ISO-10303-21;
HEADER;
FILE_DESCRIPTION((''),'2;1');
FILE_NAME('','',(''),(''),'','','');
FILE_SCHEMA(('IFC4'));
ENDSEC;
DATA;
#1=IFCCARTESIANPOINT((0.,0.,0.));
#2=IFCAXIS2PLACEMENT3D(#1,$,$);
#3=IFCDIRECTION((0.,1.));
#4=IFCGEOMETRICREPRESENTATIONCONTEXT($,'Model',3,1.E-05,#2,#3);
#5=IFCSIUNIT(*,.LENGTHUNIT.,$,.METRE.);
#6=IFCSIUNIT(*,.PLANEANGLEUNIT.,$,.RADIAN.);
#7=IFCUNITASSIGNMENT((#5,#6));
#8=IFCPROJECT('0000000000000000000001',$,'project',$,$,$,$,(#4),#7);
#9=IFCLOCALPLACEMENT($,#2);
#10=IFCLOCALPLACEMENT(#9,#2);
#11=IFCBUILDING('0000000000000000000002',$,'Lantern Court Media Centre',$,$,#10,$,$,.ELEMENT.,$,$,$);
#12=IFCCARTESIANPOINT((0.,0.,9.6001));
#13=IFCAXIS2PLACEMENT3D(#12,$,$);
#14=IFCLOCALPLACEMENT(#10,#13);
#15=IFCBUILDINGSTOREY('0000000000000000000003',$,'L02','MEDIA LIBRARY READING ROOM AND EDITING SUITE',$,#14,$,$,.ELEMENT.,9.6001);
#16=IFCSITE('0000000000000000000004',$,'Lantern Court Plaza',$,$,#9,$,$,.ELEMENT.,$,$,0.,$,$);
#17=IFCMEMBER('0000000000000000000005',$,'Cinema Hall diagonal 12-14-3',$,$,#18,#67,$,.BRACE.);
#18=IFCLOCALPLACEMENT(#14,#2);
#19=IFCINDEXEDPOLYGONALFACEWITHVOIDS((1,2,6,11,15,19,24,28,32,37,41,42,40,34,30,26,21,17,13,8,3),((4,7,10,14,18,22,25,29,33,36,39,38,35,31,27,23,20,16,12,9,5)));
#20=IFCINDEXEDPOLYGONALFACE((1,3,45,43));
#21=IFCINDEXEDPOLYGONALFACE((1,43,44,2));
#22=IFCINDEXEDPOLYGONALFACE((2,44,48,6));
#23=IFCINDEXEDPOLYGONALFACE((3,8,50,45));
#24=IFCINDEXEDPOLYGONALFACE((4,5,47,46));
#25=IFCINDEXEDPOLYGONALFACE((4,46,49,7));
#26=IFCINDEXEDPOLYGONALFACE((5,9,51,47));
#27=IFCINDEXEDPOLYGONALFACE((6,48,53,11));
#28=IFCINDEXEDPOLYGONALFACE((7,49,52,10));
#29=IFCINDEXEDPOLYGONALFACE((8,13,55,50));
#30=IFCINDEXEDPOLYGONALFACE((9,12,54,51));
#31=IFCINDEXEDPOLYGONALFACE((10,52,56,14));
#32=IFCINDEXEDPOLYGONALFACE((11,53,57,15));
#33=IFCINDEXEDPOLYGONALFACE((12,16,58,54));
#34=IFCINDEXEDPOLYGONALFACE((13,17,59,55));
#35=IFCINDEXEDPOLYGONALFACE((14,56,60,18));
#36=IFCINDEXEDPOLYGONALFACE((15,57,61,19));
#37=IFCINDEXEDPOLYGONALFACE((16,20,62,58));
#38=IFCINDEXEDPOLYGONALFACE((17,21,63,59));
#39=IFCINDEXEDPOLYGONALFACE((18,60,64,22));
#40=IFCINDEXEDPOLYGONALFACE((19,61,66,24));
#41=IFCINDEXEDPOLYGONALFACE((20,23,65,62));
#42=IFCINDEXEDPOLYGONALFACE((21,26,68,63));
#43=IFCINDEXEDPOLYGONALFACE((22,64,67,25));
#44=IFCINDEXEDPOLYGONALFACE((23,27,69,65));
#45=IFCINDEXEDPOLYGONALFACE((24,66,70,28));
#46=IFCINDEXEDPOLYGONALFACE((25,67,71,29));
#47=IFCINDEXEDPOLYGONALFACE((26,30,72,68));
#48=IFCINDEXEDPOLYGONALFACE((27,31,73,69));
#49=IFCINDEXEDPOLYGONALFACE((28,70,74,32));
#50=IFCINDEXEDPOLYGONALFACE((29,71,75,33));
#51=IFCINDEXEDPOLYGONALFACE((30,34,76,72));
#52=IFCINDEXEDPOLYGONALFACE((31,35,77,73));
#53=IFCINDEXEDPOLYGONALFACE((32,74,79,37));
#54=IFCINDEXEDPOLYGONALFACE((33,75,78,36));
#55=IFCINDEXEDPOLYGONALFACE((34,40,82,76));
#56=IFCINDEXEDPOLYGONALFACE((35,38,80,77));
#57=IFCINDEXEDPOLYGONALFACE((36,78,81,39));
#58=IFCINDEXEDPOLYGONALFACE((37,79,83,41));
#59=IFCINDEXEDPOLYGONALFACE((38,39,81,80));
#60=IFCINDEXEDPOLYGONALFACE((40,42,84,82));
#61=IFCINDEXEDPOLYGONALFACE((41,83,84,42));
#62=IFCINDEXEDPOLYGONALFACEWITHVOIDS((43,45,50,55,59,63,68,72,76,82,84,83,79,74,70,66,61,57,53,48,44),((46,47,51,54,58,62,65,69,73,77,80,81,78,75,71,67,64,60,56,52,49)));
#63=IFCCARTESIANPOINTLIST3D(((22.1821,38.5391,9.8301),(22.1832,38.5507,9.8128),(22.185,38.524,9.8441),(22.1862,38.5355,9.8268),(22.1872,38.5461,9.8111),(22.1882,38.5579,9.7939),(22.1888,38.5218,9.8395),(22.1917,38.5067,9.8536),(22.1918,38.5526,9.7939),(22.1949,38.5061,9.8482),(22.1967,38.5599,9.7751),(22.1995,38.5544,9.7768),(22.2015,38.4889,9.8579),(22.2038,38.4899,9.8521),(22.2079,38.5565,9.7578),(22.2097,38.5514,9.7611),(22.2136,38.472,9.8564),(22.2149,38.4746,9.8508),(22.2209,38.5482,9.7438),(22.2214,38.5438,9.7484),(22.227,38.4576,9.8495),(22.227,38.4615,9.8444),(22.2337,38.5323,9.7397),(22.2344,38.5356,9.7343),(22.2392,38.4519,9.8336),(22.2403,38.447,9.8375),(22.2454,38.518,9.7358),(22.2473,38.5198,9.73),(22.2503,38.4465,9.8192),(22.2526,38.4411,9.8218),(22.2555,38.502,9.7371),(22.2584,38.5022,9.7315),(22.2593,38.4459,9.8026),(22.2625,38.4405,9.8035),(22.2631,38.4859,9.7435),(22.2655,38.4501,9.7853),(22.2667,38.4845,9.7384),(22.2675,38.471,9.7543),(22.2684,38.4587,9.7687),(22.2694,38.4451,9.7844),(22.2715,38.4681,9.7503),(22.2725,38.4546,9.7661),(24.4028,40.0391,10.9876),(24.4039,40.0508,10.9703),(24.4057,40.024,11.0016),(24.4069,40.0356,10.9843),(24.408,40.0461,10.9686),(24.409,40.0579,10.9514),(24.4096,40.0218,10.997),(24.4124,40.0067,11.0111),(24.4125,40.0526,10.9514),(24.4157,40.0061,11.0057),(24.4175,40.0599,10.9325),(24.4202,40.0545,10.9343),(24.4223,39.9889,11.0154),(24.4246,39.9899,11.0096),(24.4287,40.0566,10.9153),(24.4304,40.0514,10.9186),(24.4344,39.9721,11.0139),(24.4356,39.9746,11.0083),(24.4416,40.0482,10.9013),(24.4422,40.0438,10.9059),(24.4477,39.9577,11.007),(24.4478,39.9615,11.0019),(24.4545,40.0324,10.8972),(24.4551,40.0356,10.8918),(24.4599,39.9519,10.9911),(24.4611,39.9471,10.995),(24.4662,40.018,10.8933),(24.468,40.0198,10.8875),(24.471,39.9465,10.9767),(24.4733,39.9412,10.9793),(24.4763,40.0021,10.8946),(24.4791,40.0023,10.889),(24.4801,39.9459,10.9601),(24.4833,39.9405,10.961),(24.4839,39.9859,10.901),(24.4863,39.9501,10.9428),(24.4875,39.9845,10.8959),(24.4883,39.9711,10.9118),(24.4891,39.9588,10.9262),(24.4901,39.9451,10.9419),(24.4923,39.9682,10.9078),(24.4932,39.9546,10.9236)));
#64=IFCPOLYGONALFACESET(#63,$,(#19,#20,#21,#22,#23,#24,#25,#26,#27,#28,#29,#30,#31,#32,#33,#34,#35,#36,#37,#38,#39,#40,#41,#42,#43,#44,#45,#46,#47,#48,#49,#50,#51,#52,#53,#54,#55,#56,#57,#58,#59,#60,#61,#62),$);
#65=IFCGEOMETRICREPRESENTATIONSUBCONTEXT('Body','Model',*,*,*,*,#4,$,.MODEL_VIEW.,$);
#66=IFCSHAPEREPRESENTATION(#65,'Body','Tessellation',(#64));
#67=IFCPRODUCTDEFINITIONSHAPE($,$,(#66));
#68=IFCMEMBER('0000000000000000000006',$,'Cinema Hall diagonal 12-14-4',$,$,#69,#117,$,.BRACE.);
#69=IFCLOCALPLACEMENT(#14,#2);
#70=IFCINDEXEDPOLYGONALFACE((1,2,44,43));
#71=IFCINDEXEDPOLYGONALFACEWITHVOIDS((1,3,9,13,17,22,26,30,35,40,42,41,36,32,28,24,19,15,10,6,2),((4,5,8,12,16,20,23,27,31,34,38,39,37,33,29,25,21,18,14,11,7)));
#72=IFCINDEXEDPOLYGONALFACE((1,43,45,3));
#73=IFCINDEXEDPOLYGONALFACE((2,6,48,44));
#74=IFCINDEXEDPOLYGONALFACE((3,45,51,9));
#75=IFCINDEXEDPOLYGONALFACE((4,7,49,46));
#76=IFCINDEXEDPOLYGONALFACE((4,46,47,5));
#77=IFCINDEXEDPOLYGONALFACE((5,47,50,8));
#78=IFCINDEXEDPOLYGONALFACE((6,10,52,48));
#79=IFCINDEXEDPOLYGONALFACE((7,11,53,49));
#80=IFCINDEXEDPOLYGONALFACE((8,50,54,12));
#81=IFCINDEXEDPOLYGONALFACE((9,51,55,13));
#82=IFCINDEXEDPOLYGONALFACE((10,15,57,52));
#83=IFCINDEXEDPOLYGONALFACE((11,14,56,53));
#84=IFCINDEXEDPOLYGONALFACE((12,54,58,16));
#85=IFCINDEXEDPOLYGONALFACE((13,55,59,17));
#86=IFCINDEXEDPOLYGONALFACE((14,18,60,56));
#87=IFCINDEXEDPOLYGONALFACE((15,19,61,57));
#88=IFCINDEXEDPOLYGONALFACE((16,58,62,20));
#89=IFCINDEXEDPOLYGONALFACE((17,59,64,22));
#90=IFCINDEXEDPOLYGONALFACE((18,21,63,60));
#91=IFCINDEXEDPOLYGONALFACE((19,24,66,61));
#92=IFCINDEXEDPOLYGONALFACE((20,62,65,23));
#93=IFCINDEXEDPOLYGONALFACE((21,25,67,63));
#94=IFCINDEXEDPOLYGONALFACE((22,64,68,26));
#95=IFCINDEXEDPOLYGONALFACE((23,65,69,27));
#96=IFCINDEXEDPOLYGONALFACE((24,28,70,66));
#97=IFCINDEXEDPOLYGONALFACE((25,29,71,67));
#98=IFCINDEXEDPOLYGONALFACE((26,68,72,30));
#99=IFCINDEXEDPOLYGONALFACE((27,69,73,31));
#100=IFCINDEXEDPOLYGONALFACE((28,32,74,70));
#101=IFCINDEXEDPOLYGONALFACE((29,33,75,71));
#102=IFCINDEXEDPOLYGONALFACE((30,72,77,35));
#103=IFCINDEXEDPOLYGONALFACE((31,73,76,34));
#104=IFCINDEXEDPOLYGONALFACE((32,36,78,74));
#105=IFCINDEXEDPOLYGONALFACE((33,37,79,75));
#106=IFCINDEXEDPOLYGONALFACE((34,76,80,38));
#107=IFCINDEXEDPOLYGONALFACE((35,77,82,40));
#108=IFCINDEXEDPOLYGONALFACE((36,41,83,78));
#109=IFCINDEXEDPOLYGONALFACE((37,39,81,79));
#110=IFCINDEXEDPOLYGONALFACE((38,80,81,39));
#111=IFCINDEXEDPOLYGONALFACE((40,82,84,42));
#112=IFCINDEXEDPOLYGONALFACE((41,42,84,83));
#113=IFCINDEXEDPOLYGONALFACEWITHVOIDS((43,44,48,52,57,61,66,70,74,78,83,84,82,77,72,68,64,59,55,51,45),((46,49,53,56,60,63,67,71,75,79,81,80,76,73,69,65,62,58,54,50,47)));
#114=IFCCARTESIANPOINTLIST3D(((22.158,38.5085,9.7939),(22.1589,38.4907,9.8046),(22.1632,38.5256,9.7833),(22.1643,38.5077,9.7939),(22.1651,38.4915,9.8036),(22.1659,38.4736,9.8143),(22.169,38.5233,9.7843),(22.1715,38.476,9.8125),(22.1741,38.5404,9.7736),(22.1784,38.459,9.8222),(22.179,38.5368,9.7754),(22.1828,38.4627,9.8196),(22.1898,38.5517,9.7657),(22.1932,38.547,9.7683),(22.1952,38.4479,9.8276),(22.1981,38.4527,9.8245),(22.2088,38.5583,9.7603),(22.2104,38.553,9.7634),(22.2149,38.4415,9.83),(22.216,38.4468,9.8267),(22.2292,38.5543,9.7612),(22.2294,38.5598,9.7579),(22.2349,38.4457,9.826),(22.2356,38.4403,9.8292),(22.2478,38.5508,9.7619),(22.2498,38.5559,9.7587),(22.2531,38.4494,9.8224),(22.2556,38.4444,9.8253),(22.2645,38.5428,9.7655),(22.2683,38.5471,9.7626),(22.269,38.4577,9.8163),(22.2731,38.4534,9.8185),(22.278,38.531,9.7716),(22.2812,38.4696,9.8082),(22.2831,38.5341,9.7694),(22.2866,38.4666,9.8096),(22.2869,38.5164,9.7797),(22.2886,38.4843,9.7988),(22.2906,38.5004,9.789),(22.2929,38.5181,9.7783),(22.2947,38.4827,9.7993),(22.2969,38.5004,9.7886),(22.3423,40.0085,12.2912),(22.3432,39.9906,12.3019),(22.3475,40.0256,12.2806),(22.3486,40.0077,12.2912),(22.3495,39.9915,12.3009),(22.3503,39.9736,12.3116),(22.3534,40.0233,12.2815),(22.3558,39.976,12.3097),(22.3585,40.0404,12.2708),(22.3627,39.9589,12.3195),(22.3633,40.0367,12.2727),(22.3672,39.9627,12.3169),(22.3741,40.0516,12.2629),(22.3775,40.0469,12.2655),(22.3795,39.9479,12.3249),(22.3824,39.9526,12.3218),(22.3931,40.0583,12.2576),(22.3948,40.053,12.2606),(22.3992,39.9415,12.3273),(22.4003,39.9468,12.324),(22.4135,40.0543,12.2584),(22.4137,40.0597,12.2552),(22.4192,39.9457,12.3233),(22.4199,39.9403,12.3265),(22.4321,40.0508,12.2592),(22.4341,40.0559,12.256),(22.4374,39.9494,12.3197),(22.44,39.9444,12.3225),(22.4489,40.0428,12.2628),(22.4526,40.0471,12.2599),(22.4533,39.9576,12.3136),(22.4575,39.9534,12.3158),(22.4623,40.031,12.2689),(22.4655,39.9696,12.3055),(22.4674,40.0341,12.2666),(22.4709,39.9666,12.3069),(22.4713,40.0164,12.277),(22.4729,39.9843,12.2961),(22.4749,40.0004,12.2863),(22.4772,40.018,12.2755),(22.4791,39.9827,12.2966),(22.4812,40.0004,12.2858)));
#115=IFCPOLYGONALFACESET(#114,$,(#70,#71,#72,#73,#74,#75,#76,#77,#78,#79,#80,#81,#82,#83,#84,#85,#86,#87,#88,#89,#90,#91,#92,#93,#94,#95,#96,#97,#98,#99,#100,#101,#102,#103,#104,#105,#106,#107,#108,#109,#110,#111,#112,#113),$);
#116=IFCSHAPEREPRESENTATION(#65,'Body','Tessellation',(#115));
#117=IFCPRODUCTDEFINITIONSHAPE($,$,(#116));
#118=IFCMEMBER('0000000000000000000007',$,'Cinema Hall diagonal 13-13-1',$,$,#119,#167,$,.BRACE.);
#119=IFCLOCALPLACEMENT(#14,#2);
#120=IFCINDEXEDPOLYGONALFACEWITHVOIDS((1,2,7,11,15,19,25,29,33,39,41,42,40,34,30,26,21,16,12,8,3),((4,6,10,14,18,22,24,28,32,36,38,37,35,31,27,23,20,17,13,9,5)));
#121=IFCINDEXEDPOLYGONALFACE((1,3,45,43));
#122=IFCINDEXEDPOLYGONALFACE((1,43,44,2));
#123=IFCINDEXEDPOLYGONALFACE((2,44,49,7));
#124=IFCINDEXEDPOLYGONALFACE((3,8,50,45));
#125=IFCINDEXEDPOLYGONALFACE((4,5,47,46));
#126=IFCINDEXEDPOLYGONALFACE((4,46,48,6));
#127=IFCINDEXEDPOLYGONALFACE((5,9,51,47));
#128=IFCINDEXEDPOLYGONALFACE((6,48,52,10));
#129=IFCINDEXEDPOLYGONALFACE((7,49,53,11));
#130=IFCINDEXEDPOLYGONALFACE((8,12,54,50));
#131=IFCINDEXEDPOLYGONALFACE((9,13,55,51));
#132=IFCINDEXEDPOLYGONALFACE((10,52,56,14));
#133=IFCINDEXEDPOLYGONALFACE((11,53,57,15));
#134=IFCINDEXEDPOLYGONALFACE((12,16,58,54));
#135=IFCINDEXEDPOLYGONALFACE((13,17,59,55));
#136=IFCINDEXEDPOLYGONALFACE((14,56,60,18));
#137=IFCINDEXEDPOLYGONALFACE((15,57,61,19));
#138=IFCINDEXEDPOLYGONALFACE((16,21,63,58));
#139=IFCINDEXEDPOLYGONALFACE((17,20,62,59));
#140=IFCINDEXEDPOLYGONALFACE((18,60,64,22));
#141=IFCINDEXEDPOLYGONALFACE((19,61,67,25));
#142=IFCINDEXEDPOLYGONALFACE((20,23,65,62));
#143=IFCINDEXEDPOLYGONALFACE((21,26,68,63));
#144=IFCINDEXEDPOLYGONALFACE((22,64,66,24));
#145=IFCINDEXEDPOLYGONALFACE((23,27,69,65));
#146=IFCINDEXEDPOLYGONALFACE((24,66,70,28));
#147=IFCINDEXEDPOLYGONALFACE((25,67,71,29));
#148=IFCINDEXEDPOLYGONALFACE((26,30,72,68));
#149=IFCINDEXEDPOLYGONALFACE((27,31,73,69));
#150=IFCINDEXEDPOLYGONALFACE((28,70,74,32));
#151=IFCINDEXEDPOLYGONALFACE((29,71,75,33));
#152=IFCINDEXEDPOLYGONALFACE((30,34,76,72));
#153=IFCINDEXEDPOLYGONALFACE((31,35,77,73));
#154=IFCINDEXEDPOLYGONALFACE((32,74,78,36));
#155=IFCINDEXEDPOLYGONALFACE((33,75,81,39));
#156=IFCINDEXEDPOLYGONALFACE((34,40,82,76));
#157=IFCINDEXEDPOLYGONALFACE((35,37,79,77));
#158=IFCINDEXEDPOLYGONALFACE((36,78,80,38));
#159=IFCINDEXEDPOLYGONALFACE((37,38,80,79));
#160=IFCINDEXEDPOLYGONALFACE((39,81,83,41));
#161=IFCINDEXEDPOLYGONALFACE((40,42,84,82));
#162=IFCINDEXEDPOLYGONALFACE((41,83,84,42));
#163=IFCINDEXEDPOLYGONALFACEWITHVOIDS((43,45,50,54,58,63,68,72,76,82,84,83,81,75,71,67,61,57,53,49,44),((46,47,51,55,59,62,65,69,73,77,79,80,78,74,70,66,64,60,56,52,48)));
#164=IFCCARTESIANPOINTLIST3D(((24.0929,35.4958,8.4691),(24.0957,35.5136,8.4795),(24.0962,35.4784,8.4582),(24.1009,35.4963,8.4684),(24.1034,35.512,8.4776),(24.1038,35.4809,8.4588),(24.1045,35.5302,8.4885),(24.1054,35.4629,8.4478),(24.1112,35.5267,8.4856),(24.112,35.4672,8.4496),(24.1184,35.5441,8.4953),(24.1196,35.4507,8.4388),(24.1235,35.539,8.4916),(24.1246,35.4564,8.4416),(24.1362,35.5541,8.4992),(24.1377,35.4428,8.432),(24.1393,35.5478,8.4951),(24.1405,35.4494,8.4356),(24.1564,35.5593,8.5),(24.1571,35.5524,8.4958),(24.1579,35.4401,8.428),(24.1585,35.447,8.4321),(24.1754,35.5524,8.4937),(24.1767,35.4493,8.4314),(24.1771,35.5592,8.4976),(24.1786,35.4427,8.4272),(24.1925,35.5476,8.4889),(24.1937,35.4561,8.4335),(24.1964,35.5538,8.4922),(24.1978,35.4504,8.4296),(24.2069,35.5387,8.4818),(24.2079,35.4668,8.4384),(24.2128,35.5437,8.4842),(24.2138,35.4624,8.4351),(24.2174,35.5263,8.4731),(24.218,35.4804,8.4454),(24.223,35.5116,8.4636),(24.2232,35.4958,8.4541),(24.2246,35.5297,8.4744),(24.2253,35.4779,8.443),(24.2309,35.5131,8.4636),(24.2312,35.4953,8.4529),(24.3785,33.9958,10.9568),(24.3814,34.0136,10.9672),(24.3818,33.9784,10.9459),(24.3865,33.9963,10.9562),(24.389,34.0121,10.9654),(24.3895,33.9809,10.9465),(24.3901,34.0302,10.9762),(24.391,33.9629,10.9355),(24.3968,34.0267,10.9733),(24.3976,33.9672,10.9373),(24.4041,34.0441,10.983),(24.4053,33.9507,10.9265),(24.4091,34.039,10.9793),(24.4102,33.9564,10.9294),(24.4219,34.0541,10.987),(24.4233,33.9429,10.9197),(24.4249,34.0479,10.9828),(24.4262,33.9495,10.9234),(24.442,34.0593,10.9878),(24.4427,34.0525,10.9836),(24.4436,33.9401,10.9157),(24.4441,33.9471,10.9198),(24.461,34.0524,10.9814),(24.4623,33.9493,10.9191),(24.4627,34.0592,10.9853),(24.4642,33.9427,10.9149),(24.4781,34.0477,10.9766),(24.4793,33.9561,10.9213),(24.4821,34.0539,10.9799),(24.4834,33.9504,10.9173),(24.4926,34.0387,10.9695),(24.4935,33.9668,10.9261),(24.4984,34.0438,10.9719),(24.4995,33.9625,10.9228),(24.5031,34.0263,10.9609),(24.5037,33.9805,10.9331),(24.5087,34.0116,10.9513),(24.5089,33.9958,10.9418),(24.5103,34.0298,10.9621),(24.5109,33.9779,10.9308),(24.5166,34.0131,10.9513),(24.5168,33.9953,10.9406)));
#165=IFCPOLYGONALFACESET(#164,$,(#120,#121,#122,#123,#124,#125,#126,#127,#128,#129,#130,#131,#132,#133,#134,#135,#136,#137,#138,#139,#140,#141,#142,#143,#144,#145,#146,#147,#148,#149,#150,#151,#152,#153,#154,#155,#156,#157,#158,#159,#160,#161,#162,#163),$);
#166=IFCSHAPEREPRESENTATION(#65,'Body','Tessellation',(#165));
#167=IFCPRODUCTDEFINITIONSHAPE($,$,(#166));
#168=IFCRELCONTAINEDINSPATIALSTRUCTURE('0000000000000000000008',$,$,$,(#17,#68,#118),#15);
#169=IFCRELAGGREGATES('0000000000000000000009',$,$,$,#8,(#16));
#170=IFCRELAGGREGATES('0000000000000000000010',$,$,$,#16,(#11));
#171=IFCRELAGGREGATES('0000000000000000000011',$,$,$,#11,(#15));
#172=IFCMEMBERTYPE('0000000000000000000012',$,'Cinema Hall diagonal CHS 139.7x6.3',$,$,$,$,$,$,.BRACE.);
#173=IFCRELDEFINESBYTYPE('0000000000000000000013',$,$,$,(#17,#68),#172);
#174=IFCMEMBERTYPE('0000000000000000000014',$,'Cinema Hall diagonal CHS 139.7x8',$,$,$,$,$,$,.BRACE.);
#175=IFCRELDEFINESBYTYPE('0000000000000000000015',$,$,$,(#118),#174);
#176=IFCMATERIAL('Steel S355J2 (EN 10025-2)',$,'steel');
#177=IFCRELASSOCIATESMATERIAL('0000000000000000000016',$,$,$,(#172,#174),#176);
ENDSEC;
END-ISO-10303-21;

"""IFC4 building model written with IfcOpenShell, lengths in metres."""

from ifc_helpers import new_model, si_unit, direction, frame, origin, origin_2d, place, context, subcontext, project, spatial, hollow_circle, extrude, material, material_profile, profile_set, type_object, element, save


model = new_model("IFC4")

# Units and contexts
model_context = context("Model", 3, precision=1e-05, world=origin(), true_north=direction((0.0, 1.0)))
body_context = subcontext(model_context, "Body", "Model", "MODEL_VIEW")
ifc_project = project(units=[si_unit("LENGTHUNIT", "METRE"), si_unit("PLANEANGLEUNIT", "RADIAN")], contexts=[model_context])

# Site, building, storey
site_placement = place(None, origin())
site = spatial("IfcSite", under=ifc_project, at=site_placement, Name="Lantern Court Plaza", CompositionType="ELEMENT", RefElevation=0.0)
building_placement = place(site_placement, origin())
building = spatial("IfcBuilding", under=site, at=building_placement, Name="Lantern Court Media Centre", CompositionType="ELEMENT")
storey_placement = place(building_placement, frame((0.0, 0.0, 9.6001)))
storey = spatial("IfcBuildingStorey", under=building, at=storey_placement, Name="L02", Description="MEDIA LIBRARY READING ROOM AND EDITING SUITE", CompositionType="ELEMENT", Elevation=9.6001)

# Members
ifc_material = material(Name="Steel S355J2 (EN 10025-2)", Category="steel")
ifc_material_profile_1 = material_profile(ifc_material, hollow_circle(Radius=0.0698, WallThickness=0.0063, at=origin_2d()), Name="Cinema Hall diagonal CHS 139.7x6.3")
ifc_profile_set_1 = profile_set([ifc_material_profile_1], Name="Steel S355J2 (EN 10025-2)")
member_type_1 = type_object("IfcMemberType", Name="Cinema Hall diagonal CHS 139.7x6.3", PredefinedType="BRACE", material=ifc_profile_set_1)
for number, where, z_axis, x_axis, name in (
    (1, (22.2273, 38.5, 9.7939), (0.760744, 0.513854, 0.396514), (-0.559736, 0.828671, 0.0), "Cinema Hall diagonal 12-14-3"),
):
    element("IfcMember", number, at=place(storey_placement, frame(where, z_axis=z_axis, x_axis=x_axis)), inside=storey, type_object=member_type_1, Name=name, PredefinedType="BRACE", context=body_context, shape_type="SweptSolid", body=[
        extrude(hollow_circle(Radius=0.0698, WallThickness=0.0063, at=origin_2d()), origin(), (0.0, 0.0, 1.0), 2.9192),
    ])
member_1_placement = place(storey_placement, frame((22.2273, 38.5, 9.7939), z_axis=(0.063147, 0.513875, 0.855538), x_axis=(-0.992534, 0.121967, 0.0)))
element("IfcMember", 2, at=member_1_placement, inside=storey, type_object=member_type_1, Name="Cinema Hall diagonal 12-14-4", PredefinedType="BRACE", context=body_context, shape_type="SweptSolid", body=[
    extrude(hollow_circle(Radius=0.0698, WallThickness=0.0063, at=origin_2d()), origin(), (0.0, 0.0, 1.0), 2.9189),
])
ifc_material_profile_2 = material_profile(ifc_material, hollow_circle(Radius=0.0698, WallThickness=0.0081, at=origin_2d()), Name="Cinema Hall diagonal CHS 139.7x8")
ifc_profile_set_2 = profile_set([ifc_material_profile_2], Name="Steel S355J2 (EN 10025-2)")
member_type_2 = type_object("IfcMemberType", Name="Cinema Hall diagonal CHS 139.7x8", PredefinedType="BRACE", material=ifc_profile_set_2)
member_2_placement = place(storey_placement, frame((24.1624, 35.5, 8.4636), z_axis=(0.097856, -0.51387, 0.852268), x_axis=(0.982347, 0.187068, 0.0)))
element("IfcMember", 3, at=member_2_placement, inside=storey, type_object=member_type_2, Name="Cinema Hall diagonal 13-13-1", PredefinedType="BRACE", context=body_context, shape_type="SweptSolid", body=[
    extrude(hollow_circle(Radius=0.0698, WallThickness=0.0081, at=origin_2d()), origin(), (0.0, 0.0, 1.0), 2.9189),
])

save(model, "model.ifc")
